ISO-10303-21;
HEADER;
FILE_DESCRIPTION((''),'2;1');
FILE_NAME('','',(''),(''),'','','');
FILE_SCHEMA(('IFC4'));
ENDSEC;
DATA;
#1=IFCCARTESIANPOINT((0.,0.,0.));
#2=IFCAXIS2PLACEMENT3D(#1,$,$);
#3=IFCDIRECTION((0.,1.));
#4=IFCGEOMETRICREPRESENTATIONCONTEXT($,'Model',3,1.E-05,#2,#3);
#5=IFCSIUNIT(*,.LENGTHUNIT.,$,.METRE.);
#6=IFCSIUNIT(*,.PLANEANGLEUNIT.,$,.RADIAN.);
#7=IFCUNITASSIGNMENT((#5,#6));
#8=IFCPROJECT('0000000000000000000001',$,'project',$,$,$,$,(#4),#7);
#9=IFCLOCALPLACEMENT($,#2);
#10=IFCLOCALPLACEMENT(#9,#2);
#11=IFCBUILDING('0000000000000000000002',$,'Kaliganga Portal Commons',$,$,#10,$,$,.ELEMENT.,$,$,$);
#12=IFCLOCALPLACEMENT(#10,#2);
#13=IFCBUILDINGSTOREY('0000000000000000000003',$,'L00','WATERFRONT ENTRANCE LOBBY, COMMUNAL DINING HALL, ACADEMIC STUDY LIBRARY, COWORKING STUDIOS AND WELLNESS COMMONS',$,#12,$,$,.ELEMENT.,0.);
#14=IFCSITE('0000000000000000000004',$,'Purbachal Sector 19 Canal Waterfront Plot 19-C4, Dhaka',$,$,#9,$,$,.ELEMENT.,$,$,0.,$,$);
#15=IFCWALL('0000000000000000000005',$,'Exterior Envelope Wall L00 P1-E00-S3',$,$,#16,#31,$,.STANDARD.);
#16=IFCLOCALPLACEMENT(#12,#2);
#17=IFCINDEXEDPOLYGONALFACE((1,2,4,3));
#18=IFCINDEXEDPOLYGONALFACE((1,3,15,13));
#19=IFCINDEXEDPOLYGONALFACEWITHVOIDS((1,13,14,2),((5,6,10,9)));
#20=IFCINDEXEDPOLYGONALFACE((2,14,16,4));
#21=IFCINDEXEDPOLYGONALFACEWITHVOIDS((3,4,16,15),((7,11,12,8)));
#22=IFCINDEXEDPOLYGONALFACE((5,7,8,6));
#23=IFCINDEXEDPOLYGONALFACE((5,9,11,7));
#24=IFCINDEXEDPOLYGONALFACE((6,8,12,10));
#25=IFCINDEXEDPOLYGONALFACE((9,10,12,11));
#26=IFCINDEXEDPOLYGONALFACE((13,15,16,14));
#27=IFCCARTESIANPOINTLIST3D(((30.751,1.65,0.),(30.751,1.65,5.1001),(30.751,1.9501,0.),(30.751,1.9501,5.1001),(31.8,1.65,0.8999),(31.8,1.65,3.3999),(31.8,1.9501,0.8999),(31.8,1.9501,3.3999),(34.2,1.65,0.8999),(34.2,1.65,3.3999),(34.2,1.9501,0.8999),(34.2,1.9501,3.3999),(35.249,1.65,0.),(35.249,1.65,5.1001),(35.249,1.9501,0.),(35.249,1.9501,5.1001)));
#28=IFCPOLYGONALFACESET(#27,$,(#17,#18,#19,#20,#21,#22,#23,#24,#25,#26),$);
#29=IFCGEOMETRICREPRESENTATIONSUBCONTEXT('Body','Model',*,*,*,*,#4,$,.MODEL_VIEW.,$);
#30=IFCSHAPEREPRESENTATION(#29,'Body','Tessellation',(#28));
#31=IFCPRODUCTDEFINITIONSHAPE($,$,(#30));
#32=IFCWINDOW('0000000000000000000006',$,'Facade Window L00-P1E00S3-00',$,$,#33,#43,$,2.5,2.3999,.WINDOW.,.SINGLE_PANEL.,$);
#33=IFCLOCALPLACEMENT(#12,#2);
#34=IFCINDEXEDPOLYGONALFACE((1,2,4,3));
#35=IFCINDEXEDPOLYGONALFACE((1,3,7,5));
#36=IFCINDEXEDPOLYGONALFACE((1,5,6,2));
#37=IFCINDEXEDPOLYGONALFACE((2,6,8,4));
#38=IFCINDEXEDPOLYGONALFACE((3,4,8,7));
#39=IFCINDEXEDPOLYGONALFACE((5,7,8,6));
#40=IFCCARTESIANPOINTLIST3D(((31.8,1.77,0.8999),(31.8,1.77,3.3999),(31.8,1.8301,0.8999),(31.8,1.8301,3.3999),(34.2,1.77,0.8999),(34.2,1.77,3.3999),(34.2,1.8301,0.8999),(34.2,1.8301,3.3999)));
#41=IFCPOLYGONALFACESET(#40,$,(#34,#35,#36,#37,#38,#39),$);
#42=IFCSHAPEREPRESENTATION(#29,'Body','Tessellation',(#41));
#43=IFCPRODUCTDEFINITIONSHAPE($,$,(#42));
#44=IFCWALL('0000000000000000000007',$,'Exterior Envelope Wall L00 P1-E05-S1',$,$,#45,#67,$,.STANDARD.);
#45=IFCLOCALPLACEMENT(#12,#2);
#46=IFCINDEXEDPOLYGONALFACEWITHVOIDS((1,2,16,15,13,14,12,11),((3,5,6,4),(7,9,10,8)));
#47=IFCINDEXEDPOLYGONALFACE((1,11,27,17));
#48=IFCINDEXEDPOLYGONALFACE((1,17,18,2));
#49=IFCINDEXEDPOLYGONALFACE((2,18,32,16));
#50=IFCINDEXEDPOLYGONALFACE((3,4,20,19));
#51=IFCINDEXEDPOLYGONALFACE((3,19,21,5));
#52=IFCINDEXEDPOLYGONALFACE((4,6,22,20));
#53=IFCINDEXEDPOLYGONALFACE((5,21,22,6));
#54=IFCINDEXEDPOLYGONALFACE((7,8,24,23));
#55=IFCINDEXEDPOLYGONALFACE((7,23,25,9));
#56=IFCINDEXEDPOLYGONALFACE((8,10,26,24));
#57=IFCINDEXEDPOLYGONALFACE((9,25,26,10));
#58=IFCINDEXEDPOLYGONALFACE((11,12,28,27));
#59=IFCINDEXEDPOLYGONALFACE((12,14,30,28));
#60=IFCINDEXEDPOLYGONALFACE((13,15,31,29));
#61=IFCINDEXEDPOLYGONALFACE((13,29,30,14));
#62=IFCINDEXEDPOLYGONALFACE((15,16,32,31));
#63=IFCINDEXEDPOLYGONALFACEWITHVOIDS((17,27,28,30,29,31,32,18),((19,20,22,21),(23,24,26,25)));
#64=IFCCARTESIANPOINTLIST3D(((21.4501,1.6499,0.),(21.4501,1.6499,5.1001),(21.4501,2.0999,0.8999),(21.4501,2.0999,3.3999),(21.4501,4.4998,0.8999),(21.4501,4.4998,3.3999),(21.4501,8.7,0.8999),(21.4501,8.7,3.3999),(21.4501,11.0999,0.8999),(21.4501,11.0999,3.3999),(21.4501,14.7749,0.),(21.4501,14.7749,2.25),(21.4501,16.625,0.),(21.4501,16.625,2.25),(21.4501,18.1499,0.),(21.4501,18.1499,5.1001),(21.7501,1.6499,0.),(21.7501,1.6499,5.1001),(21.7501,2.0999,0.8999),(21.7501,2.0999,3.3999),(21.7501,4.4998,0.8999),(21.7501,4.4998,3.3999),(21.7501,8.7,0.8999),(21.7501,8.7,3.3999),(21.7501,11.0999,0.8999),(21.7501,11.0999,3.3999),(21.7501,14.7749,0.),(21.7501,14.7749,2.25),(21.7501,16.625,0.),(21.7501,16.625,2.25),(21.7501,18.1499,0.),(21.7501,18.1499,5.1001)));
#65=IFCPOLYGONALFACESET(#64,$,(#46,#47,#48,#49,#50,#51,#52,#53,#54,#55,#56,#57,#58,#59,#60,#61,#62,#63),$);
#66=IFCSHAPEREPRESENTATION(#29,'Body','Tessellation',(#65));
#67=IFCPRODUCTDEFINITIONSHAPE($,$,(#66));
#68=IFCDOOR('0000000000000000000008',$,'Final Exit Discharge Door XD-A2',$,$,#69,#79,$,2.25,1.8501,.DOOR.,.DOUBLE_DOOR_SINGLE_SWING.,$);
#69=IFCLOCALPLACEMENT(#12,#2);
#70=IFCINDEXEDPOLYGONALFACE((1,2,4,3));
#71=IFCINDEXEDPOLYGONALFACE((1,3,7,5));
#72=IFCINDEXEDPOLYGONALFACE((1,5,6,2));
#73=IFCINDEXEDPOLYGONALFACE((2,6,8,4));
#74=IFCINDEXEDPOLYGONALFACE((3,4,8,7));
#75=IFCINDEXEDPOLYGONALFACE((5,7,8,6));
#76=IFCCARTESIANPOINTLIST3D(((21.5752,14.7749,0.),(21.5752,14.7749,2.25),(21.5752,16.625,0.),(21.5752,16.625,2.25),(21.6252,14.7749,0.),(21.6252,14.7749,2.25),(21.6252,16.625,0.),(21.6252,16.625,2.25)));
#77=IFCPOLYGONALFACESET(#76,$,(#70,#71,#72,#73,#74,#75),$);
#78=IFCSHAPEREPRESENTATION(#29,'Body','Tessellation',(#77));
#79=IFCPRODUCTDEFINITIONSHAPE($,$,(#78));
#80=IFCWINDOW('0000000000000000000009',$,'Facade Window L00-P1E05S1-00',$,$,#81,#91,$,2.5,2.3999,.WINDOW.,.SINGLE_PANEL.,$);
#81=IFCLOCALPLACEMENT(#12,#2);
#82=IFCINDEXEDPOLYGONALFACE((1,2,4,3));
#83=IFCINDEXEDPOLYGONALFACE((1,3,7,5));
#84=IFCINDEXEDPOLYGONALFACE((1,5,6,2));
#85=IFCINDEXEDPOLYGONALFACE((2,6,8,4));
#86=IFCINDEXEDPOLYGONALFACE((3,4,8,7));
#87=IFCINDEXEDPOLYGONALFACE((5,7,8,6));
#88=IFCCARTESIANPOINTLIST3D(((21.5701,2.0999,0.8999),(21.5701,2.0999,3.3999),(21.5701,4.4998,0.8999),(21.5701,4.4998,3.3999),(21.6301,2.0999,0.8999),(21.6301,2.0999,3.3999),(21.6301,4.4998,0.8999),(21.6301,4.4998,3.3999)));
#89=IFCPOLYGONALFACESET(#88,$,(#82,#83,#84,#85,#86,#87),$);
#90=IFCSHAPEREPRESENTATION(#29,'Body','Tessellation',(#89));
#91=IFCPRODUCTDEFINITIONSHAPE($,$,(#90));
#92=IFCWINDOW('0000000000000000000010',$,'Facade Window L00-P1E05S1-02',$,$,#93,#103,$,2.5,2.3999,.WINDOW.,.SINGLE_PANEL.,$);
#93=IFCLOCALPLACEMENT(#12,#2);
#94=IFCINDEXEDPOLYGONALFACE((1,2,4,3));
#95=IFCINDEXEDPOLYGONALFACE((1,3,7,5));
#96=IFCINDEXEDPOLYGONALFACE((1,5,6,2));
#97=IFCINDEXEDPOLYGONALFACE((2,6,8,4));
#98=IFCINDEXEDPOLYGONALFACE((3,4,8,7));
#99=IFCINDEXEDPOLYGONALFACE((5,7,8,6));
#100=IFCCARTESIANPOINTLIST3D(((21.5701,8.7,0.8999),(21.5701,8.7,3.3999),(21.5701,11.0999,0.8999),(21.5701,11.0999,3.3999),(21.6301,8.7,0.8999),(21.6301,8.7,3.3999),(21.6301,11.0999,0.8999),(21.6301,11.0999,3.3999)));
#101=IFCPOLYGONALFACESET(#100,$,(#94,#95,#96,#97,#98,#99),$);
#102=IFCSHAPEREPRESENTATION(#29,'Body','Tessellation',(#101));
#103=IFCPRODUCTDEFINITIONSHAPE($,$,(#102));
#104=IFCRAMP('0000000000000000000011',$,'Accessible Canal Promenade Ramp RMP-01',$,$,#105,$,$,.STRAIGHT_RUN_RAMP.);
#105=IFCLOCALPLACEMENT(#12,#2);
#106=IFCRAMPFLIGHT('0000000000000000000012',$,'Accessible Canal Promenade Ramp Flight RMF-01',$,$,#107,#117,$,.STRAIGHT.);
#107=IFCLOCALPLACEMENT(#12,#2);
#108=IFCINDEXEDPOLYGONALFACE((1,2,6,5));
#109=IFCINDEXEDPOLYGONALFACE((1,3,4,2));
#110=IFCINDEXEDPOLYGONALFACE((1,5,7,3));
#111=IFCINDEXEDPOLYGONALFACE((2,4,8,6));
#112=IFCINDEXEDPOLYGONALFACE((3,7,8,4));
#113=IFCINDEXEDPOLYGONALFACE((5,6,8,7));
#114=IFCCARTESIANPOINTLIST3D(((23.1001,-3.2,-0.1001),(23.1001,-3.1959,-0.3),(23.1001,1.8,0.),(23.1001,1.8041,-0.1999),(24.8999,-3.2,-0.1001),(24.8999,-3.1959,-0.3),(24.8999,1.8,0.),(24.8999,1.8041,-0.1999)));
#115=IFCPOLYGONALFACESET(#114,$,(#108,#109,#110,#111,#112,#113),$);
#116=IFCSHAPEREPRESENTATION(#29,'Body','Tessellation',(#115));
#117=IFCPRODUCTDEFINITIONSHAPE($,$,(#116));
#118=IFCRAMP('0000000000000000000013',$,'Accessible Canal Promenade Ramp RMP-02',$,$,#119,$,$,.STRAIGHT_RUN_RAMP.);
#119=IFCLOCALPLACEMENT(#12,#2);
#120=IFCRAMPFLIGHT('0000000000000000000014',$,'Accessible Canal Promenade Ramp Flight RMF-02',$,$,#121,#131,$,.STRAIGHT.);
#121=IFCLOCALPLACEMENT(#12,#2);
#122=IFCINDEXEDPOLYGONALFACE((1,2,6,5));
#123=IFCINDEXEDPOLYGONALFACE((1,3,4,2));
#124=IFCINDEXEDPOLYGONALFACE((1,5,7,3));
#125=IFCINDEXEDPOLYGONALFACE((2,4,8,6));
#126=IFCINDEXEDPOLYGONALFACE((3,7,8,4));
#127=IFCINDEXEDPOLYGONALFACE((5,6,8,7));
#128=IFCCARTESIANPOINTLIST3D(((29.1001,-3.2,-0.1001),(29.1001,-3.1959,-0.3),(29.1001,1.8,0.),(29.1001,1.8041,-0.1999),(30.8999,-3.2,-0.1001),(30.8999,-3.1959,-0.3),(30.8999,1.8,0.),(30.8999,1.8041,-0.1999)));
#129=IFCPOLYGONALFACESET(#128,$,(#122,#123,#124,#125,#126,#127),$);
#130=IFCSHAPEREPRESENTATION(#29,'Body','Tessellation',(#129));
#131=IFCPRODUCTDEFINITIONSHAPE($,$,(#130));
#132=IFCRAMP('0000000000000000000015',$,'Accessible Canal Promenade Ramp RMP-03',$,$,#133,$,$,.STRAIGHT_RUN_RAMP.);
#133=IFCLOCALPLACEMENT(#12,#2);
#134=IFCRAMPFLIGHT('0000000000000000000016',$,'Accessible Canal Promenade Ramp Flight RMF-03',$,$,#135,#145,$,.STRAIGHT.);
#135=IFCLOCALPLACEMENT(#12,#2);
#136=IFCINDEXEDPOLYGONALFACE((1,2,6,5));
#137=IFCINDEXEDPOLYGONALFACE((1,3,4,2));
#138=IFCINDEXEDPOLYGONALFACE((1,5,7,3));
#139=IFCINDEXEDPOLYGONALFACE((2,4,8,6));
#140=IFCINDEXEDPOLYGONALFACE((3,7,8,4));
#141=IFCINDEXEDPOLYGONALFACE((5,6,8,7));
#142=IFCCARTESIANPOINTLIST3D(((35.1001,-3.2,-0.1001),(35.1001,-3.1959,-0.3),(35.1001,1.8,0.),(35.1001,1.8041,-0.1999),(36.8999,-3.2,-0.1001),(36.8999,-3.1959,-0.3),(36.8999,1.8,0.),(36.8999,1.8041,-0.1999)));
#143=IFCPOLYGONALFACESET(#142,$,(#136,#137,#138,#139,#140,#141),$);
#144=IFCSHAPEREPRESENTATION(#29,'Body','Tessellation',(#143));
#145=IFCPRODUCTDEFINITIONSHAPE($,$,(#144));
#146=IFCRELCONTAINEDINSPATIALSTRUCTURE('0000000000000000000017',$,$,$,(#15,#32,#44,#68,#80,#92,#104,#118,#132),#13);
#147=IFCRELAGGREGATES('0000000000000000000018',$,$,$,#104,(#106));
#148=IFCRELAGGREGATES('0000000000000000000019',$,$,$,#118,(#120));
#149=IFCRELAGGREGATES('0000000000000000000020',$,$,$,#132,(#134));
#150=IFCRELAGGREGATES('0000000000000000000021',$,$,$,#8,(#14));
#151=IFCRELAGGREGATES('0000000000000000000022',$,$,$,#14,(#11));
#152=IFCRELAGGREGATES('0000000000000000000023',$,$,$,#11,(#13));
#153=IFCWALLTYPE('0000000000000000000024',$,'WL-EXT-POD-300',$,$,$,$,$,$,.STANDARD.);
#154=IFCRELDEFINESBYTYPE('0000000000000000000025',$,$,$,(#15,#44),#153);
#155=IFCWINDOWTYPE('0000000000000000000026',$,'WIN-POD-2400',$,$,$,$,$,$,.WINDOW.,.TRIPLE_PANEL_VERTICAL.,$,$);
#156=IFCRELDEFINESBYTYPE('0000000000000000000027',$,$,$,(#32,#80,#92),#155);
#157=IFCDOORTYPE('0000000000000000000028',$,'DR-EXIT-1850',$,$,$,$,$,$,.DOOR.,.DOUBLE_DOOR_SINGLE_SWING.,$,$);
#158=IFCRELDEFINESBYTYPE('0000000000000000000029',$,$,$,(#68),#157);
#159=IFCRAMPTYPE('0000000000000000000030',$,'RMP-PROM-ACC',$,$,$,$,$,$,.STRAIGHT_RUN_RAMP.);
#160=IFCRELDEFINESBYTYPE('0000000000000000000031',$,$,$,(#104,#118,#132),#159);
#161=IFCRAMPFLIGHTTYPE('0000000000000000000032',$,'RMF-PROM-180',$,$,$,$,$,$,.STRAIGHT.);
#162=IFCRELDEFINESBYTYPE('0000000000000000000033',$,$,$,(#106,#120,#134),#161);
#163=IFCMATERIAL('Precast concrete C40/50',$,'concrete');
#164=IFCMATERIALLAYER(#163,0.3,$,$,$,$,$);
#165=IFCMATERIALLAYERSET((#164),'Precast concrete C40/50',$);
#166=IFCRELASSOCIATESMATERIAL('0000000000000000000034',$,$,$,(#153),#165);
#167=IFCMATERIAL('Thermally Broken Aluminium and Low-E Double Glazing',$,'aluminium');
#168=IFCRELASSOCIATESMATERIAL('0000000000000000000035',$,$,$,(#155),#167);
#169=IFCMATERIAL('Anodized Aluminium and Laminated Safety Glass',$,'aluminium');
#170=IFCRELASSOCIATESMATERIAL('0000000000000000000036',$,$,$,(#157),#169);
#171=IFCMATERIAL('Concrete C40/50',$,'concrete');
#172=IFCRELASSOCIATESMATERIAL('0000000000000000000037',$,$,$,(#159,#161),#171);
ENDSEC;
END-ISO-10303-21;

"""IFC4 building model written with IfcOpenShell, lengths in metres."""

from ifc_helpers import new_model, si_unit, direction, frame, frame_2d, origin, place, context, subcontext, project, spatial, polyline, rectangle, outline, extrude, material, layer, layer_set, type_object, element, fill, aggregate, save


model = new_model("IFC4")

# Units and contexts
model_context = context("Model", 3, precision=1e-05, world=origin(), true_north=direction((0.0, 1.0)))
body_context = subcontext(model_context, "Body", "Model", "MODEL_VIEW")
ifc_project = project(units=[si_unit("LENGTHUNIT", "METRE"), si_unit("PLANEANGLEUNIT", "RADIAN")], contexts=[model_context])

# Site, building, storey
site_placement = place(None, origin())
site = spatial("IfcSite", under=ifc_project, at=site_placement, Name="Purbachal Sector 19 Canal Waterfront Plot 19-C4, Dhaka", CompositionType="ELEMENT", RefElevation=0.0)
building_placement = place(site_placement, origin())
building = spatial("IfcBuilding", under=site, at=building_placement, Name="Kaliganga Portal Commons", CompositionType="ELEMENT")
storey_placement = place(building_placement, origin())
storey = spatial("IfcBuildingStorey", under=building, at=storey_placement, Name="L00", Description="WATERFRONT ENTRANCE LOBBY, COMMUNAL DINING HALL, ACADEMIC STUDY LIBRARY, COWORKING STUDIOS AND WELLNESS COMMONS", CompositionType="ELEMENT", Elevation=0.0)

# Shared definitions
ifc_material_1 = material(Name="Precast concrete C40/50", Category="concrete")
ifc_layer = layer(ifc_material_1, 0.3)
ifc_layer_set = layer_set([ifc_layer], Name="Precast concrete C40/50")
wall_type = type_object("IfcWallType", Name="WL-EXT-POD-300", PredefinedType="STANDARD", material=ifc_layer_set)

# Shared definitions
ifc_material_2 = material(Name="Anodized Aluminium and Laminated Safety Glass", Category="aluminium")

# Wall, opening, window
wall_1_placement = place(storey_placement, frame((35.249, 1.8, 0.0), z_axis=(0.0, 0.0, 1.0), x_axis=(-1.0, 0.0, 0.0)))
wall_1 = element("IfcWall", 1, at=wall_1_placement, inside=storey, type_object=wall_type, Name="Exterior Envelope Wall L00 P1-E00-S3", PredefinedType="STANDARD", context=body_context, shape_type="SweptSolid", body=[
    extrude(rectangle(XDim=4.498, YDim=0.3, at=frame_2d((2.249, 0.0))), origin(), (0.0, 0.0, 1.0), 5.1001),
])
opening_1_placement = place(wall_1_placement, frame((1.0491, 0.0, 0.8999)))
opening_1 = element("IfcOpeningElement", 2, at=opening_1_placement, cuts=wall_1, PredefinedType="OPENING", context=body_context, shape_type="SweptSolid", body=[
    extrude(rectangle(XDim=2.3999, YDim=2.5, at=frame_2d((1.2, 1.25))), frame((0.0, 0.1602, 0.0), z_axis=(0.0, -1.0, 0.0), x_axis=(1.0, 0.0, 0.0)), (0.0, 0.0, 1.0), 0.3201),
])
ifc_material_3 = material(Name="Thermally Broken Aluminium and Low-E Double Glazing", Category="aluminium")
window_type = type_object("IfcWindowType", Name="WIN-POD-2400", PartitioningType="TRIPLE_PANEL_VERTICAL", PredefinedType="WINDOW", material=ifc_material_3)
window_1_placement = place(opening_1_placement, origin())
window_1 = element("IfcWindow", 3, at=window_1_placement, inside=storey, type_object=window_type, Name="Facade Window L00-P1E00S3-00", OverallHeight=2.5, OverallWidth=2.3999, PartitioningType="SINGLE_PANEL", PredefinedType="WINDOW", context=body_context, shape_type="SweptSolid", body=[
    extrude(rectangle(XDim=2.3999, YDim=2.5, at=frame_2d((1.2, 1.25))), frame((0.0, 0.03, 0.0), z_axis=(0.0, -1.0, 0.0), x_axis=(1.0, 0.0, 0.0)), (0.0, 0.0, 1.0), 0.0601),
])
fill(opening_1, window_1)

# Wall, openings, door, windows
wall_2_placement = place(storey_placement, frame((21.6001, 1.6499, 0.0), z_axis=(0.0, 0.0, 1.0), x_axis=(0.0, 1.0, 0.0)))
wall_2 = element("IfcWall", 4, at=wall_2_placement, inside=storey, type_object=wall_type, Name="Exterior Envelope Wall L00 P1-E05-S1", PredefinedType="STANDARD", context=body_context, shape_type="SweptSolid", body=[
    extrude(rectangle(XDim=16.5, YDim=0.3, at=frame_2d((8.25, 0.0))), origin(), (0.0, 0.0, 1.0), 5.1001),
])
opening_2_placement = place(wall_2_placement, frame((13.125, 0.0, 0.0)))
opening_2 = element("IfcOpeningElement", 5, at=opening_2_placement, cuts=wall_2, PredefinedType="OPENING", context=body_context, shape_type="SweptSolid", body=[
    extrude(rectangle(XDim=1.8501, YDim=2.25, at=frame_2d((0.925, 1.125))), frame((0.0, 0.1602, 0.0), z_axis=(0.0, -1.0, 0.0), x_axis=(1.0, 0.0, 0.0)), (0.0, 0.0, 1.0), 0.3201),
])
opening_3_placement = place(wall_2_placement, frame((0.45, 0.0, 0.8999)))
opening_3 = element("IfcOpeningElement", 6, at=opening_3_placement, cuts=wall_2, PredefinedType="OPENING", context=body_context, shape_type="SweptSolid", body=[
    extrude(rectangle(XDim=2.3999, YDim=2.5, at=frame_2d((1.2, 1.25))), frame((0.0, 0.1602, 0.0), z_axis=(0.0, -1.0, 0.0), x_axis=(1.0, 0.0, 0.0)), (0.0, 0.0, 1.0), 0.3201),
])
opening_4_placement = place(wall_2_placement, frame((7.05, 0.0, 0.8999)))
opening_4 = element("IfcOpeningElement", 7, at=opening_4_placement, cuts=wall_2, PredefinedType="OPENING", context=body_context, shape_type="SweptSolid", body=[
    extrude(rectangle(XDim=2.3999, YDim=2.5, at=frame_2d((1.2, 1.25))), frame((0.0, 0.1602, 0.0), z_axis=(0.0, -1.0, 0.0), x_axis=(1.0, 0.0, 0.0)), (0.0, 0.0, 1.0), 0.3201),
])
door_type_1 = type_object("IfcDoorType", Name="DR-EXIT-1850", OperationType="DOUBLE_DOOR_SINGLE_SWING", PredefinedType="DOOR", material=ifc_material_2)
door_1_placement = place(opening_2_placement, origin())
door_1 = element("IfcDoor", 8, at=door_1_placement, inside=storey, type_object=door_type_1, Name="Final Exit Discharge Door XD-A2", OperationType="DOUBLE_DOOR_SINGLE_SWING", OverallHeight=2.25, OverallWidth=1.8501, PredefinedType="DOOR", context=body_context, shape_type="SweptSolid", body=[
    extrude(rectangle(XDim=1.8501, YDim=2.25, at=frame_2d((0.925, 1.125))), frame((0.0, 0.0249, 0.0), z_axis=(0.0, -1.0, 0.0), x_axis=(1.0, 0.0, 0.0)), (0.0, 0.0, 1.0), 0.05),
])
fill(opening_2, door_1)
window_2_placement = place(opening_3_placement, origin())
window_2 = element("IfcWindow", 9, at=window_2_placement, inside=storey, type_object=window_type, Name="Facade Window L00-P1E05S1-00", OverallHeight=2.5, OverallWidth=2.3999, PartitioningType="SINGLE_PANEL", PredefinedType="WINDOW", context=body_context, shape_type="SweptSolid", body=[
    extrude(rectangle(XDim=2.3999, YDim=2.5, at=frame_2d((1.2, 1.25))), frame((0.0, 0.03, 0.0), z_axis=(0.0, -1.0, 0.0), x_axis=(1.0, 0.0, 0.0)), (0.0, 0.0, 1.0), 0.0601),
])
fill(opening_3, window_2)
window_3_placement = place(opening_4_placement, origin())
window_3 = element("IfcWindow", 10, at=window_3_placement, inside=storey, type_object=window_type, Name="Facade Window L00-P1E05S1-02", OverallHeight=2.5, OverallWidth=2.3999, PartitioningType="SINGLE_PANEL", PredefinedType="WINDOW", context=body_context, shape_type="SweptSolid", body=[
    extrude(rectangle(XDim=2.3999, YDim=2.5, at=frame_2d((1.2, 1.25))), frame((0.0, 0.03, 0.0), z_axis=(0.0, -1.0, 0.0), x_axis=(1.0, 0.0, 0.0)), (0.0, 0.0, 1.0), 0.0601),
])
fill(opening_4, window_3)

# Ramps, ramp flights
ifc_material_4 = material(Name="Concrete C40/50", Category="concrete")
ramp_type = type_object("IfcRampType", Name="RMP-PROM-ACC", PredefinedType="STRAIGHT_RUN_RAMP", material=ifc_material_4)
ramp_1_placement = place(storey_placement, origin())
ramp_1 = element("IfcRamp", 11, at=ramp_1_placement, inside=storey, type_object=ramp_type, Name="Accessible Canal Promenade Ramp RMP-01", PredefinedType="STRAIGHT_RUN_RAMP")
ramp_flight_type = type_object("IfcRampFlightType", Name="RMF-PROM-180", PredefinedType="STRAIGHT", material=ifc_material_4)
ramp_flight_1_placement = place(storey_placement, frame((23.1001, -3.2, -0.1001), z_axis=(0.0, -0.020016, 0.9998), x_axis=(1.0, 0.0, 0.0)))
ramp_flight_1 = element("IfcRampFlight", 12, at=ramp_flight_1_placement, type_object=ramp_flight_type, Name="Accessible Canal Promenade Ramp Flight RMF-01", PredefinedType="STRAIGHT", context=body_context, shape_type="SweptSolid", body=[
    extrude(outline(polyline([(0.0, 0.0), (1.7998, 0.0), (1.7998, 5.001), (0.0, 5.001), (0.0, 0.0)])), origin(), (0.0, 0.0, -1.0), 0.2),
])
ramp_2_placement = place(storey_placement, origin())
ramp_2 = element("IfcRamp", 13, at=ramp_2_placement, inside=storey, type_object=ramp_type, Name="Accessible Canal Promenade Ramp RMP-02", PredefinedType="STRAIGHT_RUN_RAMP")
ramp_flight_2_placement = place(storey_placement, frame((29.1001, -3.2, -0.1001), z_axis=(0.0, -0.020016, 0.9998), x_axis=(1.0, 0.0, 0.0)))
ramp_flight_2 = element("IfcRampFlight", 14, at=ramp_flight_2_placement, type_object=ramp_flight_type, Name="Accessible Canal Promenade Ramp Flight RMF-02", PredefinedType="STRAIGHT", context=body_context, shape_type="SweptSolid", body=[
    extrude(outline(polyline([(0.0, 0.0), (1.7998, 0.0), (1.7998, 5.001), (0.0, 5.001), (0.0, 0.0)])), origin(), (0.0, 0.0, -1.0), 0.2),
])
ramp_3_placement = place(storey_placement, origin())
ramp_3 = element("IfcRamp", 15, at=ramp_3_placement, inside=storey, type_object=ramp_type, Name="Accessible Canal Promenade Ramp RMP-03", PredefinedType="STRAIGHT_RUN_RAMP")
ramp_flight_3_placement = place(storey_placement, frame((35.1001, -3.2, -0.1001), z_axis=(0.0, -0.020016, 0.9998), x_axis=(1.0, 0.0, 0.0)))
ramp_flight_3 = element("IfcRampFlight", 16, at=ramp_flight_3_placement, type_object=ramp_flight_type, Name="Accessible Canal Promenade Ramp Flight RMF-03", PredefinedType="STRAIGHT", context=body_context, shape_type="SweptSolid", body=[
    extrude(outline(polyline([(0.0, 0.0), (1.7998, 0.0), (1.7998, 5.001), (0.0, 5.001), (0.0, 0.0)])), origin(), (0.0, 0.0, -1.0), 0.2),
])

aggregate(ramp_1, [ramp_flight_1])
aggregate(ramp_2, [ramp_flight_2])
aggregate(ramp_3, [ramp_flight_3])

save(model, "model.ifc")
